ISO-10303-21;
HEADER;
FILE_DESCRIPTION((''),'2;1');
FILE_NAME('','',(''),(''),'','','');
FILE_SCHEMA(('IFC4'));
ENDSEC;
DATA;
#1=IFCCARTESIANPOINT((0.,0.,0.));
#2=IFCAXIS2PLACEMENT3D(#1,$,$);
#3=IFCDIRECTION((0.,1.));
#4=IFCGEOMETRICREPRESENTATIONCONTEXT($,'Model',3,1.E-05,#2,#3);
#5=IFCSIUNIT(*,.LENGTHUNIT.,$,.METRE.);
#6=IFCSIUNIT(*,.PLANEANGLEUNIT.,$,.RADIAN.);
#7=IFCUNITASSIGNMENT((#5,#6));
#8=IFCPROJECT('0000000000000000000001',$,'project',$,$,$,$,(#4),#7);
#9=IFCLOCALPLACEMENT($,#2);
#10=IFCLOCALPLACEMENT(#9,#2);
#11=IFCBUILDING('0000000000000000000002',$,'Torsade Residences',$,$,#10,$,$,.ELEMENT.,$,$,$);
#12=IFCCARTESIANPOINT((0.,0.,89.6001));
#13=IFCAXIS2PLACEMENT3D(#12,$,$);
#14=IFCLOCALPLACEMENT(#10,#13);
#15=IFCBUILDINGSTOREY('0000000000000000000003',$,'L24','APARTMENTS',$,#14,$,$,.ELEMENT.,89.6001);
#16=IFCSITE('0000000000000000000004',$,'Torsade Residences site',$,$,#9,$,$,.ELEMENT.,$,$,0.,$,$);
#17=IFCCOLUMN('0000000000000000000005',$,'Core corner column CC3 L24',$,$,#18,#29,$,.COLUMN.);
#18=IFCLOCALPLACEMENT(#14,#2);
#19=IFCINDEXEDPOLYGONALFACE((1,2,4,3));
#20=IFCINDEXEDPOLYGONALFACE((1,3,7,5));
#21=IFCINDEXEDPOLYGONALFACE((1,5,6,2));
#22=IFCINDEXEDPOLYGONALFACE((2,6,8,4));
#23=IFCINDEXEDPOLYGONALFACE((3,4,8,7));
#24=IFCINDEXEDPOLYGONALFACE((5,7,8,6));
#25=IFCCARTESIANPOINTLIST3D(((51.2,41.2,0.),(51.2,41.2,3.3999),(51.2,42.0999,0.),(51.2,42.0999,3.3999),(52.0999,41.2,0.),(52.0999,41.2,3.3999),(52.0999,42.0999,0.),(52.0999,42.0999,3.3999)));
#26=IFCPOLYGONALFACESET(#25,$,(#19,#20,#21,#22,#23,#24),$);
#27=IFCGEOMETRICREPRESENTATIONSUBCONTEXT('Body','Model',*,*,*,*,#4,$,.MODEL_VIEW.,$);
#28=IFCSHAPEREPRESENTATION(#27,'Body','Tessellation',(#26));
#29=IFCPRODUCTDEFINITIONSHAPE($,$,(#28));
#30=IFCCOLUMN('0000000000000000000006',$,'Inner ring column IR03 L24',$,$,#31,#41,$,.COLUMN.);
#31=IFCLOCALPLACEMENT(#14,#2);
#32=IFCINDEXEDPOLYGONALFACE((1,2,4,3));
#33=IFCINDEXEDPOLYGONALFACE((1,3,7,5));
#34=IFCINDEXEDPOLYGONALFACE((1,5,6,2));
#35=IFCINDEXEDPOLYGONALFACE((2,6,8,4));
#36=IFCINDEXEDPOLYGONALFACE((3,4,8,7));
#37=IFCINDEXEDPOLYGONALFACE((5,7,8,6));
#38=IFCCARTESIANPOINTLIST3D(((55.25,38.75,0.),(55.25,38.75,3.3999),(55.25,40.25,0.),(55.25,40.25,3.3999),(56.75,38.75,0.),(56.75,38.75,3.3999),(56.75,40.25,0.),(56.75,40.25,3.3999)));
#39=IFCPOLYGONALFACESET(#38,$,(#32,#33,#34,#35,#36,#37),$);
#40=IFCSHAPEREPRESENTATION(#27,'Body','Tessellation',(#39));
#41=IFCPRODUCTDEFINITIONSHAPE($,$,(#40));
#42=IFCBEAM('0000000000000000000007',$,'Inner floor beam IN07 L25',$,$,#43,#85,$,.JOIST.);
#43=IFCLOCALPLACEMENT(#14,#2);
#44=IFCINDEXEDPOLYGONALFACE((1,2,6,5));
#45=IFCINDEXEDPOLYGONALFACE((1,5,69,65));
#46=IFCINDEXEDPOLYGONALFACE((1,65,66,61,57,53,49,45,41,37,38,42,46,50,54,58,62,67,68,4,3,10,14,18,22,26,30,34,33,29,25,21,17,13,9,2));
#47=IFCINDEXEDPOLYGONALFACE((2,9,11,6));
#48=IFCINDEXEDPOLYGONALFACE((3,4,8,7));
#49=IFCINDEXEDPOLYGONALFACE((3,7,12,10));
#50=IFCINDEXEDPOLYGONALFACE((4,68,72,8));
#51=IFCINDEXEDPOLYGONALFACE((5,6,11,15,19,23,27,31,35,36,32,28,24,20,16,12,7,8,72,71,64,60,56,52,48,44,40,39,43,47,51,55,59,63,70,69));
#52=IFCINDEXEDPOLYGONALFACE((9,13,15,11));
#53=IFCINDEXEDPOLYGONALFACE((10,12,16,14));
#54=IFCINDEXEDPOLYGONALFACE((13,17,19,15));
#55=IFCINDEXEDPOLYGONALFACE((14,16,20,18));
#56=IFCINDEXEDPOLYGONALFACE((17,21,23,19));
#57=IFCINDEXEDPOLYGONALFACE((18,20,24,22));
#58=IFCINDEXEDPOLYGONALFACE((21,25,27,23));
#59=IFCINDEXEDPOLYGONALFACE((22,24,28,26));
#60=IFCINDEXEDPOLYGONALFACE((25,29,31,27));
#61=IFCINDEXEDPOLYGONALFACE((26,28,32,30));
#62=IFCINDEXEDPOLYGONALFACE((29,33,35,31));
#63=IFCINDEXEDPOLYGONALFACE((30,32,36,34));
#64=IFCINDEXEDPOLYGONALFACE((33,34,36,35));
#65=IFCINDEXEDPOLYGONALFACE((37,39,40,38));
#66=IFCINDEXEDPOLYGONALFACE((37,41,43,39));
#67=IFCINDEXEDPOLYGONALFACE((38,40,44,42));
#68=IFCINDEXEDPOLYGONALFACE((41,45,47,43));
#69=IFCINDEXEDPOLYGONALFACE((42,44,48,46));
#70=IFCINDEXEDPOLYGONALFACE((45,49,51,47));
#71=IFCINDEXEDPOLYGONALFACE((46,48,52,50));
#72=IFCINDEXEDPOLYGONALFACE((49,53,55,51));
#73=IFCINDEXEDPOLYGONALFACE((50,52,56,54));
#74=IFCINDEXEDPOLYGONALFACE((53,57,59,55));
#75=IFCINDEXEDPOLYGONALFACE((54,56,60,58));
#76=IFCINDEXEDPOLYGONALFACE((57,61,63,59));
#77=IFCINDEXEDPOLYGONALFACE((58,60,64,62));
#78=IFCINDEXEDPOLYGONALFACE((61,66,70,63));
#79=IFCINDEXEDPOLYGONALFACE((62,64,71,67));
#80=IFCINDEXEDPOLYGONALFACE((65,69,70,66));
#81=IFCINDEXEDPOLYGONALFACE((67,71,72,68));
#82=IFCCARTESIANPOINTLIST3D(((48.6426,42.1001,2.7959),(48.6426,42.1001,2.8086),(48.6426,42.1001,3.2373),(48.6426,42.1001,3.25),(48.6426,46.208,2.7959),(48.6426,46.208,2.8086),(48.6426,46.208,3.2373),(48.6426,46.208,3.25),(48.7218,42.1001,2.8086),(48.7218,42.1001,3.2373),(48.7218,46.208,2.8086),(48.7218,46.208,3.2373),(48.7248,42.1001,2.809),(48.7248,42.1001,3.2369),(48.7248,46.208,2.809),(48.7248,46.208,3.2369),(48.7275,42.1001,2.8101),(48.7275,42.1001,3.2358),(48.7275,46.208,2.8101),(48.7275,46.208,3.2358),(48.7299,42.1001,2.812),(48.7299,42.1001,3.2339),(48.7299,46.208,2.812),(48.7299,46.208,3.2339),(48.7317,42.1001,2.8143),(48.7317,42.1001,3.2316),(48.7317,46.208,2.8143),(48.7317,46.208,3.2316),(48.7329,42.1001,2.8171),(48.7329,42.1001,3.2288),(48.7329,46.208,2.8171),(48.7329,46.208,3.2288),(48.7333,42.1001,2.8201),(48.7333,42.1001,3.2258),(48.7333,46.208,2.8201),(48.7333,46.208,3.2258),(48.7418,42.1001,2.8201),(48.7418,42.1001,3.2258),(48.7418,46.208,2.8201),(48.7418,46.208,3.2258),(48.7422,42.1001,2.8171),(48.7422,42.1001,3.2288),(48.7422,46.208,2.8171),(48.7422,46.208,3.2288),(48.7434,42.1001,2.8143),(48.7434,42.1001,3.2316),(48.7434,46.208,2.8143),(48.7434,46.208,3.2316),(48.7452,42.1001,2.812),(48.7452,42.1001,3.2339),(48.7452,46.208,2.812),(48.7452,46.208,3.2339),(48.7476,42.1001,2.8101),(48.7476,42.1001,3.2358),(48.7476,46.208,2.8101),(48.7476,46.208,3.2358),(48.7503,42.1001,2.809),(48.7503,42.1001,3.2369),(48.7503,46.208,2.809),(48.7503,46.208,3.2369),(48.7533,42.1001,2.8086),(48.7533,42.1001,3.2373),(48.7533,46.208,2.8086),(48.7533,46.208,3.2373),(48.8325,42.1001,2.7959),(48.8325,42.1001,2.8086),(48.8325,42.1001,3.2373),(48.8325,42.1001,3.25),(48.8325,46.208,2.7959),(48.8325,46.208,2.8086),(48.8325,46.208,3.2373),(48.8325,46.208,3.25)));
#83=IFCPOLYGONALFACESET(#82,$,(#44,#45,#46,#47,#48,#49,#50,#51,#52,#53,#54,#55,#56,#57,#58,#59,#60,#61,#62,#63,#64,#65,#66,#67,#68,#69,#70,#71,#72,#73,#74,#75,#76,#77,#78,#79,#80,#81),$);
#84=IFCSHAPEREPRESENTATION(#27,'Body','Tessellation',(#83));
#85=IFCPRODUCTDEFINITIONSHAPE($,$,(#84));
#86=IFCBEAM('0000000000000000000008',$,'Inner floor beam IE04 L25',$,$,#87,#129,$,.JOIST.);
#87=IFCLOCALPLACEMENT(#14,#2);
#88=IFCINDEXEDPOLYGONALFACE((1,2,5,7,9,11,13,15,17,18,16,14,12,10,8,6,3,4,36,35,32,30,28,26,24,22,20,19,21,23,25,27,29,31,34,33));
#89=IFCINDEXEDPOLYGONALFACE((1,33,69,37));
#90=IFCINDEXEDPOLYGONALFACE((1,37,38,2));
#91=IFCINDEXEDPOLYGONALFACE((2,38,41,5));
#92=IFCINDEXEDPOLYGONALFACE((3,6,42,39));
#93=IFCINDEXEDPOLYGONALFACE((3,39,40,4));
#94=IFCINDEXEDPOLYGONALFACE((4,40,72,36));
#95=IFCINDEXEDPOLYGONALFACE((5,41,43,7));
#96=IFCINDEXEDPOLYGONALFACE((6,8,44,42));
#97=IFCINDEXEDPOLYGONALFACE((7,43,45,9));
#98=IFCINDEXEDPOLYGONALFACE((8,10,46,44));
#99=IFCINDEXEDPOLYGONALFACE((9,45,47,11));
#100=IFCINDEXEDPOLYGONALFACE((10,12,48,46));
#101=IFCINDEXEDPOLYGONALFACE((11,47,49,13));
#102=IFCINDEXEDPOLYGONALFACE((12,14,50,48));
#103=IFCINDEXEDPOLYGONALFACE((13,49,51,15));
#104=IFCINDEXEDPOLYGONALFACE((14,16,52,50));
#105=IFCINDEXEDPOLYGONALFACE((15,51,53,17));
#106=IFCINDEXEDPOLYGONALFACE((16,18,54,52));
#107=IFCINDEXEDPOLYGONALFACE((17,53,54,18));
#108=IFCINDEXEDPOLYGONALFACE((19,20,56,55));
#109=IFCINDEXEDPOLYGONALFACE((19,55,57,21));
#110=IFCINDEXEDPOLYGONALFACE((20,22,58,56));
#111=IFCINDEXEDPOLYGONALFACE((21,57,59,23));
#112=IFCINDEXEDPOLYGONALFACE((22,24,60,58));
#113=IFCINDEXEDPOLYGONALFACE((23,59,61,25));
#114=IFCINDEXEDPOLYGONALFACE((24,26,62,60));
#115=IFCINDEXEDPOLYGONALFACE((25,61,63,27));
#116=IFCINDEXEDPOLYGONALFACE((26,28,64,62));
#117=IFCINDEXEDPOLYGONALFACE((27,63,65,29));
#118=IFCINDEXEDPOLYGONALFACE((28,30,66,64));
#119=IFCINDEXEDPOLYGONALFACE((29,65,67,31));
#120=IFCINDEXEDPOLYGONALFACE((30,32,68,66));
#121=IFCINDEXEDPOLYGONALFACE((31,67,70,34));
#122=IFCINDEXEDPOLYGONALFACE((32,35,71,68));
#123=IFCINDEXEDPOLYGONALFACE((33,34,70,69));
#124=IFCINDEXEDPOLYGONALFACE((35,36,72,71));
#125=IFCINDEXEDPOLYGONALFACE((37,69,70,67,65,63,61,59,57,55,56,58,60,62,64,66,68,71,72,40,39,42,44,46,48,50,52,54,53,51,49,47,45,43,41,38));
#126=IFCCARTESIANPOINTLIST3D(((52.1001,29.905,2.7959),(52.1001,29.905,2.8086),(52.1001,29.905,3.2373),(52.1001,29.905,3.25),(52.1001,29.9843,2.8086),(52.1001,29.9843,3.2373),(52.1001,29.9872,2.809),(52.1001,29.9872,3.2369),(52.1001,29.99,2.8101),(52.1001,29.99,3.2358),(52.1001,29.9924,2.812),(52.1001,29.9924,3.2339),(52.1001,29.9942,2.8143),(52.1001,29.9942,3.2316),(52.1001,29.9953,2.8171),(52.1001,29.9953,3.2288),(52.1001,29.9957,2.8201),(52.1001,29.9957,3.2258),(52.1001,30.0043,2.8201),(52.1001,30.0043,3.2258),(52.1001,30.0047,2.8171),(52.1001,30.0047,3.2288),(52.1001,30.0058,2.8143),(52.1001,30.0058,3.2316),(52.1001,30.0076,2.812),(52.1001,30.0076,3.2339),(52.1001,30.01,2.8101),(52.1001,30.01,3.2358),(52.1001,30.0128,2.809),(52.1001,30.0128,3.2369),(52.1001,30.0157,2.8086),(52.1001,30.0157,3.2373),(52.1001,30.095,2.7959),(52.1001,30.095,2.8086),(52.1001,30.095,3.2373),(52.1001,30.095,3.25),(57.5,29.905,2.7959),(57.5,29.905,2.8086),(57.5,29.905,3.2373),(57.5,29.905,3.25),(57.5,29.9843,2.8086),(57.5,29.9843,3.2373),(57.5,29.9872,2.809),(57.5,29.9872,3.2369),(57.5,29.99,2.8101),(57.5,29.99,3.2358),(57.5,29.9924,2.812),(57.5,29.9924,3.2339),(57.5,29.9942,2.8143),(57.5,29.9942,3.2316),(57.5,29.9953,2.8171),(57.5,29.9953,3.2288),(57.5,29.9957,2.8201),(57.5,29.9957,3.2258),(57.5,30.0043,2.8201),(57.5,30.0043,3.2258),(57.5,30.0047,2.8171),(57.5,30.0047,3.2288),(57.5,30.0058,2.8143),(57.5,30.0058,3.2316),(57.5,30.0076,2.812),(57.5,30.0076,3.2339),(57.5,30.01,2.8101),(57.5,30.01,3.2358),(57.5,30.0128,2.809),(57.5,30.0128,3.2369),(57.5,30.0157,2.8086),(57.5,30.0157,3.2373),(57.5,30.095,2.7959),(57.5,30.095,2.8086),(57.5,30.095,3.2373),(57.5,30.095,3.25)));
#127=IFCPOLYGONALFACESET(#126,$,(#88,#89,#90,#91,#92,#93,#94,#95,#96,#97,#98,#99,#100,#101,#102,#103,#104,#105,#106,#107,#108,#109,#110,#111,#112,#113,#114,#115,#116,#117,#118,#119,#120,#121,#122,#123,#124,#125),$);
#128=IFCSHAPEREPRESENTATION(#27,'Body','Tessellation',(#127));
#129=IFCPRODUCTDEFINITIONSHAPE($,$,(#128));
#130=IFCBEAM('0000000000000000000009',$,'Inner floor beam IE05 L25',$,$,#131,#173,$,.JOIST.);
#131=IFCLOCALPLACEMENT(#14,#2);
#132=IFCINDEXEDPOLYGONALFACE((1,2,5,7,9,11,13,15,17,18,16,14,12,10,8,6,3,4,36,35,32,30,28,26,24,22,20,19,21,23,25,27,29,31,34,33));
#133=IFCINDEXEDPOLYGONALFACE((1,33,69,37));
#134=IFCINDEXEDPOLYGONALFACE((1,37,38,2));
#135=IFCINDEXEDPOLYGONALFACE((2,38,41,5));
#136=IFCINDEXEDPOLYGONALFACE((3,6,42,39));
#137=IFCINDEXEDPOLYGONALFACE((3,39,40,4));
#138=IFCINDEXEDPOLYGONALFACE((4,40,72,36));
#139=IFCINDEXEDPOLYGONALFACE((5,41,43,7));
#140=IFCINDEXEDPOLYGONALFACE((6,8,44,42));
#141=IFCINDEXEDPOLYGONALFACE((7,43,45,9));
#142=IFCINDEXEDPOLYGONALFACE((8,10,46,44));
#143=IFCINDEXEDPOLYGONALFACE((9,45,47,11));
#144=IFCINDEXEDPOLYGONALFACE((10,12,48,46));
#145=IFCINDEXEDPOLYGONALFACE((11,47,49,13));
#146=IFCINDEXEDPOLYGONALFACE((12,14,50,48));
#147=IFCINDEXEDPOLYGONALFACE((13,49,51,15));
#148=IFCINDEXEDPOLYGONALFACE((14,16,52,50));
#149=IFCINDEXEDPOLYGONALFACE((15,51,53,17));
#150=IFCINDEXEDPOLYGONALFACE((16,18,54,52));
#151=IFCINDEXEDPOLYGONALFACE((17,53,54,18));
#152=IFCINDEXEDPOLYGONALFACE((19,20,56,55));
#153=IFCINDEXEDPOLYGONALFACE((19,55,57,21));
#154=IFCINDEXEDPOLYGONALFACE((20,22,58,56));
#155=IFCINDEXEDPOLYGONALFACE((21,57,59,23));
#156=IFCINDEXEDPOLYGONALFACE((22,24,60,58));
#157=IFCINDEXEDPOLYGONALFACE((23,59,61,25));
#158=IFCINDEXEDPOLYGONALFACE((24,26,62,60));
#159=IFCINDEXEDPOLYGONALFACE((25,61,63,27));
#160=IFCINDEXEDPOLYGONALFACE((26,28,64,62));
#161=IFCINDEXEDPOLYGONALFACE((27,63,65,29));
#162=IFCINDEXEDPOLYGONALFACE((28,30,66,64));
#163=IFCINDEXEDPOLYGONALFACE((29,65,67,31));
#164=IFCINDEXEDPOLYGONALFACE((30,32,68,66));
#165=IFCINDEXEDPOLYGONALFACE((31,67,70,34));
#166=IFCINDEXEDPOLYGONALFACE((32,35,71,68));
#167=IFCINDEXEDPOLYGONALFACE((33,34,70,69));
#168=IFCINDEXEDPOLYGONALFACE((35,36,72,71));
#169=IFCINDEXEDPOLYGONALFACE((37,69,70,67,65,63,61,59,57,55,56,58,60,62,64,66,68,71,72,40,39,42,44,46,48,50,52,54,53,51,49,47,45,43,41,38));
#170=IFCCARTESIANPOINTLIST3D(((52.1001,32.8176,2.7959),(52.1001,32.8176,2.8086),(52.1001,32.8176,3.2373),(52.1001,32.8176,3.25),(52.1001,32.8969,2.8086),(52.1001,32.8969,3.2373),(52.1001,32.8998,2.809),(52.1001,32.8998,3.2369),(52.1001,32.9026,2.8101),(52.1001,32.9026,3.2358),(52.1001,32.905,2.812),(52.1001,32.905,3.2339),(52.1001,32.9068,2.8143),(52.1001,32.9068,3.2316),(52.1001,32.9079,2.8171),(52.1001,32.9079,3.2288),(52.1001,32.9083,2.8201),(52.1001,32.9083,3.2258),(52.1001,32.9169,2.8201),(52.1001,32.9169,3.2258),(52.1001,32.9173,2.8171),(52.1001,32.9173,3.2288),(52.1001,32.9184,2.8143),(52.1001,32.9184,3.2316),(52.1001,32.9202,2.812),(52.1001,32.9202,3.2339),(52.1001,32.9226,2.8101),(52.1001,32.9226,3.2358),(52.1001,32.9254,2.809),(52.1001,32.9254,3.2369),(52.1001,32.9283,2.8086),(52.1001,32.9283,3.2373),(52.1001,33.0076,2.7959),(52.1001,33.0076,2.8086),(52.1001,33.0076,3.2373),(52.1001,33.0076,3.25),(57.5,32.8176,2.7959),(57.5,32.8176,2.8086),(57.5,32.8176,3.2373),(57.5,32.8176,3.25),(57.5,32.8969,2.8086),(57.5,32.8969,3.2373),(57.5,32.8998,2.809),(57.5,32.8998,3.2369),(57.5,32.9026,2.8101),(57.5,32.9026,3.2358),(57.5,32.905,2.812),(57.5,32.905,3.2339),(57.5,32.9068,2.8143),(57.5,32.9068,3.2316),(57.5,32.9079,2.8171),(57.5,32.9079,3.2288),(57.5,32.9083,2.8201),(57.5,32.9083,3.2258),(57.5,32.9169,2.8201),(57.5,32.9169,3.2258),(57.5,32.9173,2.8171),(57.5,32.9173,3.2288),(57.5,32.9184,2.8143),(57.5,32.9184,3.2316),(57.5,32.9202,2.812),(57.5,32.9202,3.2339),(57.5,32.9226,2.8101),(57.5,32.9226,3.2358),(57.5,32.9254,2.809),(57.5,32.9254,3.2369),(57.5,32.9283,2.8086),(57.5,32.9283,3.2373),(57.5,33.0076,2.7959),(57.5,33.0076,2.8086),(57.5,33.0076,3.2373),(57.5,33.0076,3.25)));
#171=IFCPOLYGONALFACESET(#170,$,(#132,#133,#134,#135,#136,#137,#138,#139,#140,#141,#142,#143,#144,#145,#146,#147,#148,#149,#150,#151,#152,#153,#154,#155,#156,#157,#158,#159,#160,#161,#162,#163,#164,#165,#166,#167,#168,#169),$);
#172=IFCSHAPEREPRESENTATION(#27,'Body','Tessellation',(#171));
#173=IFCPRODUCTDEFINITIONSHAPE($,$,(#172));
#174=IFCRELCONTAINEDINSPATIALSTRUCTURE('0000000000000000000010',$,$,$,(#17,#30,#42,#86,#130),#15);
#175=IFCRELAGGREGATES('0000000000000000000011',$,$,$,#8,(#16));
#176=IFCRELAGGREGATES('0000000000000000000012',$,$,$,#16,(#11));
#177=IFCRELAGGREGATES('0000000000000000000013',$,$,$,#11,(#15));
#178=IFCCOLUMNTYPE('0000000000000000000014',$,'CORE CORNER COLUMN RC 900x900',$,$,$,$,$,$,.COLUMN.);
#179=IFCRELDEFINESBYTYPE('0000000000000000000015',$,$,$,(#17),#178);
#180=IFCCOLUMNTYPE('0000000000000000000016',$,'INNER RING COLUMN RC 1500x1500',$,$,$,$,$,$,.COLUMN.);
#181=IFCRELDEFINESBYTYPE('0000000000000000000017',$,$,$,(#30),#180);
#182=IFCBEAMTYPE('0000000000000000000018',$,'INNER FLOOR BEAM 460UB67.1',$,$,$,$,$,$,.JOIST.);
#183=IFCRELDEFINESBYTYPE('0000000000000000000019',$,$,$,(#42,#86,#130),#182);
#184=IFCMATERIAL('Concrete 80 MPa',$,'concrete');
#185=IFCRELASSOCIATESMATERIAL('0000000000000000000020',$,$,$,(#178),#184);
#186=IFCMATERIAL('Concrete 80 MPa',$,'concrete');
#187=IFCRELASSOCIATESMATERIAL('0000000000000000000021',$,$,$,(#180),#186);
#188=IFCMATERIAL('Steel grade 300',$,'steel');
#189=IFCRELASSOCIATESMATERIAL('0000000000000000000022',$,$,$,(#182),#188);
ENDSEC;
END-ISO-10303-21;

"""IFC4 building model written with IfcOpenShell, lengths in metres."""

from ifc_helpers import new_model, si_unit, direction, frame, origin, origin_2d, place, context, subcontext, project, spatial, rectangle, i_section, extrude, material, material_profile, profile_set, type_object, element, save


model = new_model("IFC4")

# Units and contexts
model_context = context("Model", 3, precision=1e-05, world=origin(), true_north=direction((0.0, 1.0)))
body_context = subcontext(model_context, "Body", "Model", "MODEL_VIEW")
ifc_project = project(units=[si_unit("LENGTHUNIT", "METRE"), si_unit("PLANEANGLEUNIT", "RADIAN")], contexts=[model_context])

# Site, building, storey
site_placement = place(None, origin())
site = spatial("IfcSite", under=ifc_project, at=site_placement, Name="Torsade Residences site", CompositionType="ELEMENT", RefElevation=0.0)
building_placement = place(site_placement, origin())
building = spatial("IfcBuilding", under=site, at=building_placement, Name="Torsade Residences", CompositionType="ELEMENT")
storey_placement = place(building_placement, frame((0.0, 0.0, 89.6001)))
storey = spatial("IfcBuildingStorey", under=building, at=storey_placement, Name="L24", Description="APARTMENTS", CompositionType="ELEMENT", Elevation=89.6001)

# Columns
ifc_material_1 = material(Name="Concrete 80 MPa", Category="concrete")
ifc_material_profile_1 = material_profile(ifc_material_1, rectangle(XDim=0.8999, YDim=0.8999, at=origin_2d()), Name="RC 900x900")
ifc_profile_set_1 = profile_set([ifc_material_profile_1], Name="Concrete 80 MPa")
column_type_1 = type_object("IfcColumnType", Name="CORE CORNER COLUMN RC 900x900", PredefinedType="COLUMN", material=ifc_profile_set_1)
column_1_placement = place(storey_placement, frame((51.6499, 41.6499, 0.0), z_axis=(0.0, 0.0, 1.0), x_axis=(1.0, 0.0, 0.0)))
element("IfcColumn", 1, at=column_1_placement, inside=storey, type_object=column_type_1, Name="Core corner column CC3 L24", PredefinedType="COLUMN", context=body_context, shape_type="SweptSolid", body=[
    extrude(rectangle(XDim=0.8999, YDim=0.8999, at=origin_2d()), origin(), (0.0, 0.0, 1.0), 3.3999),
])
ifc_material_2 = material(Name="Concrete 80 MPa", Category="concrete")
ifc_material_profile_2 = material_profile(ifc_material_2, rectangle(XDim=1.5, YDim=1.5, at=origin_2d()), Name="RC 1500x1500")
ifc_profile_set_2 = profile_set([ifc_material_profile_2], Name="Concrete 80 MPa")
column_type_2 = type_object("IfcColumnType", Name="INNER RING COLUMN RC 1500x1500", PredefinedType="COLUMN", material=ifc_profile_set_2)
column_2_placement = place(storey_placement, frame((56.0, 39.5, 0.0), z_axis=(0.0, 0.0, 1.0), x_axis=(1.0, 0.0, 0.0)))
element("IfcColumn", 2, at=column_2_placement, inside=storey, type_object=column_type_2, Name="Inner ring column IR03 L24", PredefinedType="COLUMN", context=body_context, shape_type="SweptSolid", body=[
    extrude(rectangle(XDim=1.5, YDim=1.5, at=origin_2d()), origin(), (0.0, 0.0, 1.0), 3.3999),
])

# Beams
ifc_material_3 = material(Name="Steel grade 300", Category="steel")
ifc_material_profile_3 = material_profile(ifc_material_3, i_section(OverallWidth=0.1899, OverallDepth=0.4541, WebThickness=0.0085, FlangeThickness=0.0127, FilletRadius=0.0115, at=origin_2d()), Name="460UB67.1")
ifc_profile_set_3 = profile_set([ifc_material_profile_3], Name="Steel grade 300")
beam_type_1 = type_object("IfcBeamType", Name="INNER FLOOR BEAM 460UB67.1", PredefinedType="JOIST", material=ifc_profile_set_3)
beam_1_placement = place(storey_placement, frame((48.7375, 42.1001, 3.0229), z_axis=(0.0, 1.0, 0.0), x_axis=(-1.0, 0.0, 0.0)))
element("IfcBeam", 3, at=beam_1_placement, inside=storey, type_object=beam_type_1, Name="Inner floor beam IN07 L25", PredefinedType="JOIST", context=body_context, shape_type="SweptSolid", body=[
    extrude(i_section(OverallWidth=0.1899, OverallDepth=0.4541, WebThickness=0.0085, FlangeThickness=0.0127, FilletRadius=0.0115, at=origin_2d()), origin(), (0.0, 0.0, 1.0), 4.1079),
])
for number, where, z_axis, x_axis, name in (
    (4, (52.1001, 30.0, 3.0229), (1.0, 0.0, 0.0), (0.0, 1.0, 0.0), "Inner floor beam IE04 L25"),
    (5, (52.1001, 32.9126, 3.0229), (1.0, 0.0, 0.0), (0.0, 1.0, 0.0), "Inner floor beam IE05 L25"),
):
    element("IfcBeam", number, at=place(storey_placement, frame(where, z_axis=z_axis, x_axis=x_axis)), inside=storey, type_object=beam_type_1, Name=name, PredefinedType="JOIST", context=body_context, shape_type="SweptSolid", body=[
        extrude(i_section(OverallWidth=0.1899, OverallDepth=0.4541, WebThickness=0.0085, FlangeThickness=0.0127, FilletRadius=0.0115, at=origin_2d()), origin(), (0.0, 0.0, 1.0), 5.3999),
    ])

save(model, "model.ifc")
